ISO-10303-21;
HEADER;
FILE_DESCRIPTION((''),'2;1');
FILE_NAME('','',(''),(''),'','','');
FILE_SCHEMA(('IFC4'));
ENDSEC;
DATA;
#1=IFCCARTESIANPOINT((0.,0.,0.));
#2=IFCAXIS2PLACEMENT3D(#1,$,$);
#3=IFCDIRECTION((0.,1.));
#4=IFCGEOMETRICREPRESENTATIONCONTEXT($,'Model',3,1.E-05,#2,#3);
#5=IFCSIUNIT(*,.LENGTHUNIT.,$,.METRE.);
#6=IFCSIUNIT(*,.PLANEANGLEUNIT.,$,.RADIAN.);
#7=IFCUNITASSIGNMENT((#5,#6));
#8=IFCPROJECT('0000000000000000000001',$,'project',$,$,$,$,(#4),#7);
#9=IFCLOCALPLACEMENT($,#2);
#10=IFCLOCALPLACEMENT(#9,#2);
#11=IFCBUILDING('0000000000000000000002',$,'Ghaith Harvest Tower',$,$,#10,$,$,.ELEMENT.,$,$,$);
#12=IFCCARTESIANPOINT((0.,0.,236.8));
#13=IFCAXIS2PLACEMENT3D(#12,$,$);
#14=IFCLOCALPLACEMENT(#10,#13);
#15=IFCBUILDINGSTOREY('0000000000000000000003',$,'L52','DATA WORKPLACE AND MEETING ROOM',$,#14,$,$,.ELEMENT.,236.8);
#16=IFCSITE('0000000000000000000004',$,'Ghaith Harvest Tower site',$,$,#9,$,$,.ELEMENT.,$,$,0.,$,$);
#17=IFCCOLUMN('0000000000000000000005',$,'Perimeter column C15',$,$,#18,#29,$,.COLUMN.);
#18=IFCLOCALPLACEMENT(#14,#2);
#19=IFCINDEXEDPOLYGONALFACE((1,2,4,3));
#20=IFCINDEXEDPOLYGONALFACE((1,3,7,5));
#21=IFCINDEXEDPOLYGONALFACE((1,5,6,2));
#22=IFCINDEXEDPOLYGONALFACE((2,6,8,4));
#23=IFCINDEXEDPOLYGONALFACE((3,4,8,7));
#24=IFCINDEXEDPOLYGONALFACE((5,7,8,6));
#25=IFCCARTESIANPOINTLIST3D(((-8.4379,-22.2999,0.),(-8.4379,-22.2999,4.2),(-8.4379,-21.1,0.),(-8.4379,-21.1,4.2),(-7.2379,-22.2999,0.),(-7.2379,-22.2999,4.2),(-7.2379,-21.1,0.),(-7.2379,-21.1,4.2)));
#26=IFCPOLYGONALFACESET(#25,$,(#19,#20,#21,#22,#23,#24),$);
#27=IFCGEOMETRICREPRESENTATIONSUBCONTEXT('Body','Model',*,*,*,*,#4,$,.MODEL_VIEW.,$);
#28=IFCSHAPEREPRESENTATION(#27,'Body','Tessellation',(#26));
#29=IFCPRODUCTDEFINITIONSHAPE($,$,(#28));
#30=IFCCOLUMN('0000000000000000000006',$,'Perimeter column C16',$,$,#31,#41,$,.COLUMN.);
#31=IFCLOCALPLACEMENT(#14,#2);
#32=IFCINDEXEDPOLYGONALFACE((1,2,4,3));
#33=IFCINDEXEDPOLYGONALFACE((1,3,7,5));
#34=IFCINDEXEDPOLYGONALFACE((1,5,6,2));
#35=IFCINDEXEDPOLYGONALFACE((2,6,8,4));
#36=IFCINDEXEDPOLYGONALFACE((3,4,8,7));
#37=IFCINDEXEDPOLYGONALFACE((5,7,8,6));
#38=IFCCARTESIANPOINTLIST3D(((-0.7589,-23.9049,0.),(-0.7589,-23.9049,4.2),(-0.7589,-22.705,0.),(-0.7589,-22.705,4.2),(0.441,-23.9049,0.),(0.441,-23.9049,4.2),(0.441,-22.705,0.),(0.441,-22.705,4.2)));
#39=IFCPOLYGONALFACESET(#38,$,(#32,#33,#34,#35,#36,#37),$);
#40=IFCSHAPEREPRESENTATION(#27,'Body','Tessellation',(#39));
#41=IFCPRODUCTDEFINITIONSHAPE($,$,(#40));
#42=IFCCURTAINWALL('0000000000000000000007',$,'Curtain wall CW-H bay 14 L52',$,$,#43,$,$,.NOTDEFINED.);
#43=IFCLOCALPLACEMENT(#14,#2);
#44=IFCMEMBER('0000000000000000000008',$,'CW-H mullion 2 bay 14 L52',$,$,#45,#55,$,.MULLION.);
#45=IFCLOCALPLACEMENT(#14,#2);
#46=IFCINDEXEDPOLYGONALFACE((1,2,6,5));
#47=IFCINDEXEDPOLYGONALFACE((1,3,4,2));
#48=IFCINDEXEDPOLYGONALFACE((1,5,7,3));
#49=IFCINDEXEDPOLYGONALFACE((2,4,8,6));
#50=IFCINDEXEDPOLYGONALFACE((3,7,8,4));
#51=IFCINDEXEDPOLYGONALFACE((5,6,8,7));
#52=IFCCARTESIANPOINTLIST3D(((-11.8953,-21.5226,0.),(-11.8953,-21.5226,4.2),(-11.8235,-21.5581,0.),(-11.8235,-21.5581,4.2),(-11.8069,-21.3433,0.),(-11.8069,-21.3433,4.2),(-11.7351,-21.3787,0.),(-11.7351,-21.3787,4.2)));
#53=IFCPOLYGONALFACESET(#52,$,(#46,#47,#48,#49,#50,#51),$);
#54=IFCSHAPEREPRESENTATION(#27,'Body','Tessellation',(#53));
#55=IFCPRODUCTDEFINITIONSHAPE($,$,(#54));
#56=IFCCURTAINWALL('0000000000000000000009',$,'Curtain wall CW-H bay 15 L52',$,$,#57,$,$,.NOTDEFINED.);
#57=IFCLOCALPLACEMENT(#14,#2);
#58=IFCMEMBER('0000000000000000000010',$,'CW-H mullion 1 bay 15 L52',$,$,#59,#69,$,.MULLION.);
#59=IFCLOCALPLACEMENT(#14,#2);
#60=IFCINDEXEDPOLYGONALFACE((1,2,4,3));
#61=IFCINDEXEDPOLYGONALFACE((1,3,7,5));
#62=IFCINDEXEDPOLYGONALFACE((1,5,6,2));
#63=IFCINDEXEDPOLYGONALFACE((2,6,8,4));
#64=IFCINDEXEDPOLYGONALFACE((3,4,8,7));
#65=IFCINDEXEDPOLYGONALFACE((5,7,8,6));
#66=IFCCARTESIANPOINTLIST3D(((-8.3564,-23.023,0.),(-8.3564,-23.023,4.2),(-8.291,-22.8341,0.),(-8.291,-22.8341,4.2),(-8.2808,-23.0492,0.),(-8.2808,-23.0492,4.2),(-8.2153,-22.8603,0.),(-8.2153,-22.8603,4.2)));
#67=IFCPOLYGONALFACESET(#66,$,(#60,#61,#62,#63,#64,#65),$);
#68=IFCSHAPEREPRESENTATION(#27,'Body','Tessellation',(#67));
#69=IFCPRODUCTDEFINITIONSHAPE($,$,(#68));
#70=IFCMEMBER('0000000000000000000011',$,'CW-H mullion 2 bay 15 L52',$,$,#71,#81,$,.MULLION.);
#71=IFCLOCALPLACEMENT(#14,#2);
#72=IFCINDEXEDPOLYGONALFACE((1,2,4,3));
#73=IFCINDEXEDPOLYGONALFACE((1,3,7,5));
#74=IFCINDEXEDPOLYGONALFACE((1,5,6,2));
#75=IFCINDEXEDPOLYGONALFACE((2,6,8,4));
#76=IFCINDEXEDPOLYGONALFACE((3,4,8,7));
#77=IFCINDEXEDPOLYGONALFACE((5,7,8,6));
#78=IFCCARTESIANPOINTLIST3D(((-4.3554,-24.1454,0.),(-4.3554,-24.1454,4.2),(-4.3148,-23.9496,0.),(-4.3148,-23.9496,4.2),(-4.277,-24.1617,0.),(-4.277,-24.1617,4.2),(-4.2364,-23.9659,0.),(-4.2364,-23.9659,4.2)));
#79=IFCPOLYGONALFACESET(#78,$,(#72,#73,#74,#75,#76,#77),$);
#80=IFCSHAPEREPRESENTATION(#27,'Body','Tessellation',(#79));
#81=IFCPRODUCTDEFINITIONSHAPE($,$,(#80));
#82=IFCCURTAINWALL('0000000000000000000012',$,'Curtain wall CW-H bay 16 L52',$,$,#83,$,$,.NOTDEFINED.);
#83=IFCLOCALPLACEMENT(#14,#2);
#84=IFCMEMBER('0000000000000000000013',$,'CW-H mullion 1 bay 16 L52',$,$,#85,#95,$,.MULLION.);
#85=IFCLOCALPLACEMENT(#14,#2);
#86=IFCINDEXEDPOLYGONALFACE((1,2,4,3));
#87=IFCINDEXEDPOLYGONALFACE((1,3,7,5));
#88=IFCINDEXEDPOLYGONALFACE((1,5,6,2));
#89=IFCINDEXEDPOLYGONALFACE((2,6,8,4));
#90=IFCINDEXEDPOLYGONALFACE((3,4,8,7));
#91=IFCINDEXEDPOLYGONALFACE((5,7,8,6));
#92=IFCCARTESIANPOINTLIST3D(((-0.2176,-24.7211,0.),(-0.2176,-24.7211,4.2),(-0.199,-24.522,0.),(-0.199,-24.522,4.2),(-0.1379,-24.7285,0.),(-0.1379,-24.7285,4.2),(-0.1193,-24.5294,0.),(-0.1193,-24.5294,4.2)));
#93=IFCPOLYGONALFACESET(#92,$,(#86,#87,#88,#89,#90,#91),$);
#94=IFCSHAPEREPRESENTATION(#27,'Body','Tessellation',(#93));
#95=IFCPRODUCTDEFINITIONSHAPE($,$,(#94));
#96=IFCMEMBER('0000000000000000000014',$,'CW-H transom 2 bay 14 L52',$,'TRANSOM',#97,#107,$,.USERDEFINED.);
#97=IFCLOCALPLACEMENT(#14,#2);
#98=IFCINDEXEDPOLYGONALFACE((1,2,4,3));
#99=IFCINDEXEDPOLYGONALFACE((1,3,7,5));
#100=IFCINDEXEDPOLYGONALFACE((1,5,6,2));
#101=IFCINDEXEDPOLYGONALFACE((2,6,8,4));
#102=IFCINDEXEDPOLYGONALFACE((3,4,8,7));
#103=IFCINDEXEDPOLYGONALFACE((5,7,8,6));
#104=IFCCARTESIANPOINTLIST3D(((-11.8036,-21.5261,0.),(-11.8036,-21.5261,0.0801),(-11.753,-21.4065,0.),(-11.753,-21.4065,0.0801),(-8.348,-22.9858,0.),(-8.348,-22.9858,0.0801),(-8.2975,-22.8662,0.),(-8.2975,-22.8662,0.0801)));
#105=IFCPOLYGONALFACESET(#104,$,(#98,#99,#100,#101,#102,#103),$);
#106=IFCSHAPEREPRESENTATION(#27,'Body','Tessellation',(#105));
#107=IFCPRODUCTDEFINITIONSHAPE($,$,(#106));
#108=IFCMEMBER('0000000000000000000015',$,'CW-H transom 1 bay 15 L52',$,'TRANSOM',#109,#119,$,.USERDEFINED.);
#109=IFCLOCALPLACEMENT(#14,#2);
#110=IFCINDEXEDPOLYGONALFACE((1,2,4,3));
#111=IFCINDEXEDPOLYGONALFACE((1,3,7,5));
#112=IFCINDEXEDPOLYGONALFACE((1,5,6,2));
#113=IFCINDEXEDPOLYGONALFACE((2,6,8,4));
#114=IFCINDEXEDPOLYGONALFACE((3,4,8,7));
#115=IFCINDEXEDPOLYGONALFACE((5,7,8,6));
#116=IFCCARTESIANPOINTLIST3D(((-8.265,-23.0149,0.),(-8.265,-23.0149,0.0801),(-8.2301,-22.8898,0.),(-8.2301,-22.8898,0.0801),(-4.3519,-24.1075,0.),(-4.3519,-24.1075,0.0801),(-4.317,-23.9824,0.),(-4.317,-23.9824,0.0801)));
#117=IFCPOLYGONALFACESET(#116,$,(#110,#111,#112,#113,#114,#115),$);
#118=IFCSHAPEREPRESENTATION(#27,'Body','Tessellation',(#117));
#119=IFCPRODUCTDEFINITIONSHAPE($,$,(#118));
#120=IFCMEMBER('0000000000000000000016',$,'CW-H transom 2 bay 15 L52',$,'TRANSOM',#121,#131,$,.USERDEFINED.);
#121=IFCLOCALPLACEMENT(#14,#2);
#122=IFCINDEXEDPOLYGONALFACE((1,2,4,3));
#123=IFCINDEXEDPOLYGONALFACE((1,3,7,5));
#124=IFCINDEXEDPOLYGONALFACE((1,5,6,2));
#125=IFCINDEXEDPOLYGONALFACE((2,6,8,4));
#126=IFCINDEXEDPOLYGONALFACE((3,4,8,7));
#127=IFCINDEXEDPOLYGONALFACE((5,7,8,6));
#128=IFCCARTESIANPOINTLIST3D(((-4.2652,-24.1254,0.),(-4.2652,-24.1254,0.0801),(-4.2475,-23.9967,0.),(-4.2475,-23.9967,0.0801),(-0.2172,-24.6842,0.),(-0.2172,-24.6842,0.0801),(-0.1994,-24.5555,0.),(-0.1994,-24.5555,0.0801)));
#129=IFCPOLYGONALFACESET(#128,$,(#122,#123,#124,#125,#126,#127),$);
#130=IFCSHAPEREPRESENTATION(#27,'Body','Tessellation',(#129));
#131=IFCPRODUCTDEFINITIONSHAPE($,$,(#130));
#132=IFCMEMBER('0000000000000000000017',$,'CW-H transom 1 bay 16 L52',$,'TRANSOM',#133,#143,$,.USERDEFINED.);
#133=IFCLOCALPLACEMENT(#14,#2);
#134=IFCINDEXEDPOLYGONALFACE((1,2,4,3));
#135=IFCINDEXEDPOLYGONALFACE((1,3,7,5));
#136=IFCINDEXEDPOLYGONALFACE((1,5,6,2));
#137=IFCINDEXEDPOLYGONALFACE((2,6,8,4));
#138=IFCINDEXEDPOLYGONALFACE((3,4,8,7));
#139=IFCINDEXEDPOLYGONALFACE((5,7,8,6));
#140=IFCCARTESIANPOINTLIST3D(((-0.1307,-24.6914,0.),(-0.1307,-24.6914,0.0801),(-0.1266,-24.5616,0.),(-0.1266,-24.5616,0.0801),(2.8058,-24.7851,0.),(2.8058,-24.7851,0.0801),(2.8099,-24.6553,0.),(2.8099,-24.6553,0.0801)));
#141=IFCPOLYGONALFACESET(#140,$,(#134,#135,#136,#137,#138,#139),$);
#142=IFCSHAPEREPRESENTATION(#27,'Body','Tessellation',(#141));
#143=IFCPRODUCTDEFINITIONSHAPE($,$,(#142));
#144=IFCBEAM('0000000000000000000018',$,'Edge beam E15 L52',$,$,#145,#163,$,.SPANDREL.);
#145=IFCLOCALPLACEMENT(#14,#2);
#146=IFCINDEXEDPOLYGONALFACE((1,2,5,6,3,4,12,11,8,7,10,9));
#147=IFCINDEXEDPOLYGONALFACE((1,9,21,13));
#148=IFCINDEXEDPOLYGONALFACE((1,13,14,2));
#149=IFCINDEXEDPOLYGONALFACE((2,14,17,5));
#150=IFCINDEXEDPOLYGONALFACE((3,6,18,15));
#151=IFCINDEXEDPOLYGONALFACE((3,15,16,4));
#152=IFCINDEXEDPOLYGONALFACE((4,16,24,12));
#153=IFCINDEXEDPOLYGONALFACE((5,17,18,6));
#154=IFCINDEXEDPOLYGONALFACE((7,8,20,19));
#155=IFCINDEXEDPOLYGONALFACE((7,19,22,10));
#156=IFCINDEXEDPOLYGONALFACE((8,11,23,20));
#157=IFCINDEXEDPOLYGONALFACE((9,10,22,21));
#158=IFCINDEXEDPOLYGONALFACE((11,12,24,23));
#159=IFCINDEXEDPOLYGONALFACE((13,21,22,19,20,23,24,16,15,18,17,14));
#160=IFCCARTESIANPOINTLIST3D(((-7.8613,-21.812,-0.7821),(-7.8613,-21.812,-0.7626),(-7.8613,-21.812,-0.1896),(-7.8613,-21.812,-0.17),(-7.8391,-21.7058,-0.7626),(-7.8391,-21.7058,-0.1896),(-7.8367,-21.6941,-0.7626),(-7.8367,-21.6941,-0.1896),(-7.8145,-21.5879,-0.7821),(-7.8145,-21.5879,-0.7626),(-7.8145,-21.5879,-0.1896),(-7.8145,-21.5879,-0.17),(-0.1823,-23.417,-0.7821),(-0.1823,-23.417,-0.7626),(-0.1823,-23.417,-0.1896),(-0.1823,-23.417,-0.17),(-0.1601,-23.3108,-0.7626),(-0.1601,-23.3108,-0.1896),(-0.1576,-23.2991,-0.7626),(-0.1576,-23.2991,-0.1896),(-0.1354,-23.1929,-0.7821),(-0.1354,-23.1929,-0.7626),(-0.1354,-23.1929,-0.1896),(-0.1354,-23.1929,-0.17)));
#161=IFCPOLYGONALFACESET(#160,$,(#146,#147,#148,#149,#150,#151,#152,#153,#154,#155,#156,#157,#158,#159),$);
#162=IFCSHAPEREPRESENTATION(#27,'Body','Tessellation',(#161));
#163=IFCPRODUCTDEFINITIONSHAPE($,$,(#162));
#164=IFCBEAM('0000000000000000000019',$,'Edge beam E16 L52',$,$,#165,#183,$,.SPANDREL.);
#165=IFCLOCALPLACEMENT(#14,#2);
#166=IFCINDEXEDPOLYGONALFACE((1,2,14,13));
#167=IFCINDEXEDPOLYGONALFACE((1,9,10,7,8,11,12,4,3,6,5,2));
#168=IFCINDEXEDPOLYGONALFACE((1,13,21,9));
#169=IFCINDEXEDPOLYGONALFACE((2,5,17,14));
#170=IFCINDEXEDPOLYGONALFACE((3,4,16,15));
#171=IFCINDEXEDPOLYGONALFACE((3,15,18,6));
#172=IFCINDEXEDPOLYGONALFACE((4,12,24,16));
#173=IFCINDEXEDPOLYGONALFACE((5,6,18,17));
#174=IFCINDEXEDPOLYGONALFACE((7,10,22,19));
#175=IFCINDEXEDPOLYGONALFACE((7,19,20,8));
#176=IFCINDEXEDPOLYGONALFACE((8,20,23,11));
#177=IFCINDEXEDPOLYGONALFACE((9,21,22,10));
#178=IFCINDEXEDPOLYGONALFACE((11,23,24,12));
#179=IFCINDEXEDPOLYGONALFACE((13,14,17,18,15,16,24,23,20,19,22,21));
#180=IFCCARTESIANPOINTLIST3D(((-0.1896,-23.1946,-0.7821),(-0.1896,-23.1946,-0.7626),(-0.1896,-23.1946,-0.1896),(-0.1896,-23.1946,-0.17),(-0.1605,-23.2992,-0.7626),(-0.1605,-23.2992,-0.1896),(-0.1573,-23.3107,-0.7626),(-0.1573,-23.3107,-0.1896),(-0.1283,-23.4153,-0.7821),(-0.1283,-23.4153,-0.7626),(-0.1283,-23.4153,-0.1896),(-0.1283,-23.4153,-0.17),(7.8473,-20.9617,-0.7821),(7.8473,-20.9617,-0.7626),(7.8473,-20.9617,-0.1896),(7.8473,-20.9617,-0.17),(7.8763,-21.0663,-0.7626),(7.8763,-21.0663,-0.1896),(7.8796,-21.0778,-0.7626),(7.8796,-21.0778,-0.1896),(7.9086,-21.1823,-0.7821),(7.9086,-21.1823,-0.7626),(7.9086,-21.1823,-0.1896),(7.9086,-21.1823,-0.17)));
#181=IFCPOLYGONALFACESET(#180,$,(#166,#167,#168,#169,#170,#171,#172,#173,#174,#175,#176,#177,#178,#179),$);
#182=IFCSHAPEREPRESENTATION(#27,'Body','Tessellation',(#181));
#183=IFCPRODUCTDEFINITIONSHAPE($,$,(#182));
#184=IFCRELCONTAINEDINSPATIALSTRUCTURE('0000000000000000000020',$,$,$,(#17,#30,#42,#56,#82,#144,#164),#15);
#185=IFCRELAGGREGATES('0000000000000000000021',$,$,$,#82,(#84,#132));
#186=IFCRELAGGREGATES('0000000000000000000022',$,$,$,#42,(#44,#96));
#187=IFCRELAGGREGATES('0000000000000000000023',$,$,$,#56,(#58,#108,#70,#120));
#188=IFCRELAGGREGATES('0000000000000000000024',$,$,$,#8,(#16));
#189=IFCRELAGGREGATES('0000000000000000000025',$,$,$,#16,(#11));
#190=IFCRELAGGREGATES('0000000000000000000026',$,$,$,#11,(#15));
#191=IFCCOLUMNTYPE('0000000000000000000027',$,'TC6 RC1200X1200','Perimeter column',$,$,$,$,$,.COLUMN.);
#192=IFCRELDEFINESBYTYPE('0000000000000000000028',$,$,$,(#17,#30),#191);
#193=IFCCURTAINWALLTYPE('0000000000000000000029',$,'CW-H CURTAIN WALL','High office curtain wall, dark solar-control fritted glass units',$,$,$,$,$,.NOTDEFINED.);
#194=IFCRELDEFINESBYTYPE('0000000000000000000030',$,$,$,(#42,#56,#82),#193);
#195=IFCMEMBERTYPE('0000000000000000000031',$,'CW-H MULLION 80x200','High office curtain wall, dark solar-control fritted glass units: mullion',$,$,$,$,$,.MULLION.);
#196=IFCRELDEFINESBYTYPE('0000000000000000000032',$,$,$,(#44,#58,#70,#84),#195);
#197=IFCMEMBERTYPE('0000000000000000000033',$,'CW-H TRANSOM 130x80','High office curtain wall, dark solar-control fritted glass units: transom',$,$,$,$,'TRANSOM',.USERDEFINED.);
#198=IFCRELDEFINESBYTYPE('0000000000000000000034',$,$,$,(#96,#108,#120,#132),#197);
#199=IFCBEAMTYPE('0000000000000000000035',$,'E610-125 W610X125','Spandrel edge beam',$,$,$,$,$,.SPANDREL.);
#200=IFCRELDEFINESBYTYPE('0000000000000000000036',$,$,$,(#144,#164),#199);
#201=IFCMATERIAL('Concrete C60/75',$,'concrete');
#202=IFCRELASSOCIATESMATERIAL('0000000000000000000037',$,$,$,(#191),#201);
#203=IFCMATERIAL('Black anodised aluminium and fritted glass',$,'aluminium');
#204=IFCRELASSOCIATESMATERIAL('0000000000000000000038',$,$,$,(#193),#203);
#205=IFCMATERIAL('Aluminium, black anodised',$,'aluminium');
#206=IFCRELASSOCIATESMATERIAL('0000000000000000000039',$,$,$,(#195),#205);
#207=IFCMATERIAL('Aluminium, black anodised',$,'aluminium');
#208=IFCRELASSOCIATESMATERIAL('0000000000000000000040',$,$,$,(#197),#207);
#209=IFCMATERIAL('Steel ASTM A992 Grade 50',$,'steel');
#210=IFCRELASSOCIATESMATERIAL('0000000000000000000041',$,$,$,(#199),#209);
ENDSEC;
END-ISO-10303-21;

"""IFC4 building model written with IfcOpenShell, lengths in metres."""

from ifc_helpers import new_model, si_unit, direction, frame, origin, origin_2d, place, context, subcontext, project, spatial, rectangle, i_section, extrude, material, material_profile, profile_set, type_object, element, aggregate, save


model = new_model("IFC4")

# Units and contexts
model_context = context("Model", 3, precision=1e-05, world=origin(), true_north=direction((0.0, 1.0)))
body_context = subcontext(model_context, "Body", "Model", "MODEL_VIEW")
ifc_project = project(units=[si_unit("LENGTHUNIT", "METRE"), si_unit("PLANEANGLEUNIT", "RADIAN")], contexts=[model_context])

# Site, building, storey
site_placement = place(None, origin())
site = spatial("IfcSite", under=ifc_project, at=site_placement, Name="Ghaith Harvest Tower site", CompositionType="ELEMENT", RefElevation=0.0)
building_placement = place(site_placement, origin())
building = spatial("IfcBuilding", under=site, at=building_placement, Name="Ghaith Harvest Tower", CompositionType="ELEMENT")
storey_placement = place(building_placement, frame((0.0, 0.0, 236.8)))
storey = spatial("IfcBuildingStorey", under=building, at=storey_placement, Name="L52", Description="DATA WORKPLACE AND MEETING ROOM", CompositionType="ELEMENT", Elevation=236.8)

# Columns
ifc_material_1 = material(Name="Concrete C60/75", Category="concrete")
ifc_material_profile_1 = material_profile(ifc_material_1, rectangle(XDim=1.2, YDim=1.2, at=origin_2d()), Name="RC1200X1200")
ifc_profile_set_1 = profile_set([ifc_material_profile_1], Name="Concrete C60/75")
column_type = type_object("IfcColumnType", Name="TC6 RC1200X1200", Description="Perimeter column", PredefinedType="COLUMN", material=ifc_profile_set_1)
for number, where, z_axis, x_axis, name in (
    (1, (-7.8379, -21.7, 0.0), (0.0, 0.0, 1.0), (1.0, 0.0, 0.0), "Perimeter column C15"),
    (2, (-0.1589, -23.3049, 0.0), (0.0, 0.0, 1.0), (1.0, 0.0, 0.0), "Perimeter column C16"),
):
    element("IfcColumn", number, at=place(storey_placement, frame(where, z_axis=z_axis, x_axis=x_axis)), inside=storey, type_object=column_type, Name=name, PredefinedType="COLUMN", context=body_context, shape_type="SweptSolid", body=[
        extrude(rectangle(XDim=1.2, YDim=1.2, at=origin_2d()), origin(), (0.0, 0.0, 1.0), 4.2),
    ])

# Curtain wall, member
ifc_material_2 = material(Name="Black anodised aluminium and fritted glass", Category="aluminium")
curtain_wall_type = type_object("IfcCurtainWallType", Name="CW-H CURTAIN WALL", Description="High office curtain wall, dark solar-control fritted glass units", PredefinedType="NOTDEFINED", material=ifc_material_2)
curtain_wall_1_placement = place(storey_placement, origin())
curtain_wall_1 = element("IfcCurtainWall", 3, at=curtain_wall_1_placement, inside=storey, type_object=curtain_wall_type, Name="Curtain wall CW-H bay 14 L52", PredefinedType="NOTDEFINED")
ifc_material_3 = material(Name="Aluminium, black anodised", Category="aluminium")
ifc_material_profile_2 = material_profile(ifc_material_3, rectangle(XDim=0.0801, YDim=0.2, at=origin_2d()), Name="CW-H MULLION 80x200")
ifc_profile_set_2 = profile_set([ifc_material_profile_2], Name="Aluminium, black anodised")
member_type_1 = type_object("IfcMemberType", Name="CW-H MULLION 80x200", Description="High office curtain wall, dark solar-control fritted glass units: mullion", PredefinedType="MULLION", material=ifc_profile_set_2)
member_1_placement = place(storey_placement, frame((-11.8152, -21.4507, 0.0), z_axis=(0.0, 0.0, 1.0), x_axis=(0.896853, -0.442329, 0.0)))
member_1 = element("IfcMember", 4, at=member_1_placement, type_object=member_type_1, Name="CW-H mullion 2 bay 14 L52", PredefinedType="MULLION", context=body_context, shape_type="SweptSolid", body=[
    extrude(rectangle(XDim=0.0801, YDim=0.2, at=origin_2d()), origin(), (0.0, 0.0, 1.0), 4.2),
])

# Curtain wall, members
curtain_wall_2_placement = place(storey_placement, origin())
curtain_wall_2 = element("IfcCurtainWall", 5, at=curtain_wall_2_placement, inside=storey, type_object=curtain_wall_type, Name="Curtain wall CW-H bay 15 L52", PredefinedType="NOTDEFINED")
member_2_placement = place(storey_placement, frame((-8.2859, -22.9417, 0.0), z_axis=(0.0, 0.0, 1.0), x_axis=(0.944906, -0.327342, 0.0)))
member_2 = element("IfcMember", 6, at=member_2_placement, type_object=member_type_1, Name="CW-H mullion 1 bay 15 L52", PredefinedType="MULLION", context=body_context, shape_type="SweptSolid", body=[
    extrude(rectangle(XDim=0.0801, YDim=0.2, at=origin_2d()), origin(), (0.0, 0.0, 1.0), 4.2),
])
member_3_placement = place(storey_placement, frame((-4.2959, -24.0557, 0.0), z_axis=(0.0, 0.0, 1.0), x_axis=(0.979161, -0.203084, 0.0)))
member_3 = element("IfcMember", 7, at=member_3_placement, type_object=member_type_1, Name="CW-H mullion 2 bay 15 L52", PredefinedType="MULLION", context=body_context, shape_type="SweptSolid", body=[
    extrude(rectangle(XDim=0.0801, YDim=0.2, at=origin_2d()), origin(), (0.0, 0.0, 1.0), 4.2),
])

# Curtain wall, member
curtain_wall_3_placement = place(storey_placement, origin())
curtain_wall_3 = element("IfcCurtainWall", 8, at=curtain_wall_3_placement, inside=storey, type_object=curtain_wall_type, Name="Curtain wall CW-H bay 16 L52", PredefinedType="NOTDEFINED")
member_4_placement = place(storey_placement, frame((-0.1685, -24.6252, 0.0), z_axis=(0.0, 0.0, 1.0), x_axis=(0.995685, -0.092802, 0.0)))
member_4 = element("IfcMember", 9, at=member_4_placement, type_object=member_type_1, Name="CW-H mullion 1 bay 16 L52", PredefinedType="MULLION", context=body_context, shape_type="SweptSolid", body=[
    extrude(rectangle(XDim=0.0801, YDim=0.2, at=origin_2d()), origin(), (0.0, 0.0, 1.0), 4.2),
])

# Members
ifc_material_4 = material(Name="Aluminium, black anodised", Category="aluminium")
ifc_material_profile_3 = material_profile(ifc_material_4, rectangle(XDim=0.1299, YDim=0.0801, at=origin_2d()), Name="CW-H TRANSOM 130x80")
ifc_profile_set_3 = profile_set([ifc_material_profile_3], Name="Aluminium, black anodised")
member_type_2 = type_object("IfcMemberType", Name="CW-H TRANSOM 130x80", Description="High office curtain wall, dark solar-control fritted glass units: transom", ElementType="TRANSOM", PredefinedType="USERDEFINED", material=ifc_profile_set_3)
member_5_placement = place(storey_placement, frame((-11.7783, -21.4663, 0.04), z_axis=(0.921183, -0.38913, 0.0), x_axis=(0.38913, 0.921183, 0.0)))
member_5 = element("IfcMember", 10, at=member_5_placement, type_object=member_type_2, Name="CW-H transom 2 bay 14 L52", ObjectType="TRANSOM", PredefinedType="USERDEFINED", context=body_context, shape_type="SweptSolid", body=[
    extrude(rectangle(XDim=0.1299, YDim=0.0801, at=origin_2d()), origin(), (0.0, 0.0, 1.0), 3.7512),
])
member_6_placement = place(storey_placement, frame((-8.2476, -22.9524, 0.04), z_axis=(0.963164, -0.268914, 0.0), x_axis=(0.268914, 0.963164, 0.0)))
member_6 = element("IfcMember", 11, at=member_6_placement, type_object=member_type_2, Name="CW-H transom 1 bay 15 L52", ObjectType="TRANSOM", PredefinedType="USERDEFINED", context=body_context, shape_type="SweptSolid", body=[
    extrude(rectangle(XDim=0.1299, YDim=0.0801, at=origin_2d()), origin(), (0.0, 0.0, 1.0), 4.0627),
])
member_7_placement = place(storey_placement, frame((-4.2563, -24.061, 0.04), z_axis=(0.990605, -0.136753, 0.0), x_axis=(0.136753, 0.990605, 0.0)))
member_7 = element("IfcMember", 12, at=member_7_placement, type_object=member_type_2, Name="CW-H transom 2 bay 15 L52", ObjectType="TRANSOM", PredefinedType="USERDEFINED", context=body_context, shape_type="SweptSolid", body=[
    extrude(rectangle(XDim=0.1299, YDim=0.0801, at=origin_2d()), origin(), (0.0, 0.0, 1.0), 4.0864),
])
member_8_placement = place(storey_placement, frame((-0.1287, -24.6265, 0.04), z_axis=(0.999491, -0.031909, 0.0), x_axis=(0.031909, 0.999491, 0.0)))
member_8 = element("IfcMember", 13, at=member_8_placement, type_object=member_type_2, Name="CW-H transom 1 bay 16 L52", ObjectType="TRANSOM", PredefinedType="USERDEFINED", context=body_context, shape_type="SweptSolid", body=[
    extrude(rectangle(XDim=0.1299, YDim=0.0801, at=origin_2d()), origin(), (0.0, 0.0, 1.0), 2.938),
])
aggregate(curtain_wall_3, [member_4, member_8])

# Beams
ifc_material_5 = material(Name="Steel ASTM A992 Grade 50", Category="steel")
ifc_material_profile_4 = material_profile(ifc_material_5, i_section(OverallWidth=0.229, OverallDepth=0.6121, WebThickness=0.012, FlangeThickness=0.0195, at=origin_2d()), Name="W610X125")
ifc_profile_set_4 = profile_set([ifc_material_profile_4], Name="Steel ASTM A992 Grade 50")
beam_type_1 = type_object("IfcBeamType", Name="E610-125 W610X125", Description="Spandrel edge beam", PredefinedType="SPANDREL", material=ifc_profile_set_4)
beam_1_placement = place(storey_placement, frame((-7.8379, -21.7, -0.4761), z_axis=(0.978848, -0.204589, 0.0), x_axis=(0.204589, 0.978848, 0.0)))
element("IfcBeam", 14, at=beam_1_placement, inside=storey, type_object=beam_type_1, Name="Edge beam E15 L52", PredefinedType="SPANDREL", context=body_context, shape_type="SweptSolid", body=[
    extrude(i_section(OverallWidth=0.229, OverallDepth=0.6121, WebThickness=0.012, FlangeThickness=0.0195, at=origin_2d()), origin(), (0.0, 0.0, 1.0), 7.845),
])
beam_2_placement = place(storey_placement, frame((-0.1589, -23.3049, -0.4761), z_axis=(0.963504, 0.267694, 0.0), x_axis=(-0.267694, 0.963504, 0.0)))
element("IfcBeam", 15, at=beam_2_placement, inside=storey, type_object=beam_type_1, Name="Edge beam E16 L52", PredefinedType="SPANDREL", context=body_context, shape_type="SweptSolid", body=[
    extrude(i_section(OverallWidth=0.229, OverallDepth=0.6121, WebThickness=0.012, FlangeThickness=0.0195, at=origin_2d()), origin(), (0.0, 0.0, 1.0), 8.3413),
])

aggregate(curtain_wall_1, [member_1, member_5])
aggregate(curtain_wall_2, [member_2, member_6, member_3, member_7])

save(model, "model.ifc")
